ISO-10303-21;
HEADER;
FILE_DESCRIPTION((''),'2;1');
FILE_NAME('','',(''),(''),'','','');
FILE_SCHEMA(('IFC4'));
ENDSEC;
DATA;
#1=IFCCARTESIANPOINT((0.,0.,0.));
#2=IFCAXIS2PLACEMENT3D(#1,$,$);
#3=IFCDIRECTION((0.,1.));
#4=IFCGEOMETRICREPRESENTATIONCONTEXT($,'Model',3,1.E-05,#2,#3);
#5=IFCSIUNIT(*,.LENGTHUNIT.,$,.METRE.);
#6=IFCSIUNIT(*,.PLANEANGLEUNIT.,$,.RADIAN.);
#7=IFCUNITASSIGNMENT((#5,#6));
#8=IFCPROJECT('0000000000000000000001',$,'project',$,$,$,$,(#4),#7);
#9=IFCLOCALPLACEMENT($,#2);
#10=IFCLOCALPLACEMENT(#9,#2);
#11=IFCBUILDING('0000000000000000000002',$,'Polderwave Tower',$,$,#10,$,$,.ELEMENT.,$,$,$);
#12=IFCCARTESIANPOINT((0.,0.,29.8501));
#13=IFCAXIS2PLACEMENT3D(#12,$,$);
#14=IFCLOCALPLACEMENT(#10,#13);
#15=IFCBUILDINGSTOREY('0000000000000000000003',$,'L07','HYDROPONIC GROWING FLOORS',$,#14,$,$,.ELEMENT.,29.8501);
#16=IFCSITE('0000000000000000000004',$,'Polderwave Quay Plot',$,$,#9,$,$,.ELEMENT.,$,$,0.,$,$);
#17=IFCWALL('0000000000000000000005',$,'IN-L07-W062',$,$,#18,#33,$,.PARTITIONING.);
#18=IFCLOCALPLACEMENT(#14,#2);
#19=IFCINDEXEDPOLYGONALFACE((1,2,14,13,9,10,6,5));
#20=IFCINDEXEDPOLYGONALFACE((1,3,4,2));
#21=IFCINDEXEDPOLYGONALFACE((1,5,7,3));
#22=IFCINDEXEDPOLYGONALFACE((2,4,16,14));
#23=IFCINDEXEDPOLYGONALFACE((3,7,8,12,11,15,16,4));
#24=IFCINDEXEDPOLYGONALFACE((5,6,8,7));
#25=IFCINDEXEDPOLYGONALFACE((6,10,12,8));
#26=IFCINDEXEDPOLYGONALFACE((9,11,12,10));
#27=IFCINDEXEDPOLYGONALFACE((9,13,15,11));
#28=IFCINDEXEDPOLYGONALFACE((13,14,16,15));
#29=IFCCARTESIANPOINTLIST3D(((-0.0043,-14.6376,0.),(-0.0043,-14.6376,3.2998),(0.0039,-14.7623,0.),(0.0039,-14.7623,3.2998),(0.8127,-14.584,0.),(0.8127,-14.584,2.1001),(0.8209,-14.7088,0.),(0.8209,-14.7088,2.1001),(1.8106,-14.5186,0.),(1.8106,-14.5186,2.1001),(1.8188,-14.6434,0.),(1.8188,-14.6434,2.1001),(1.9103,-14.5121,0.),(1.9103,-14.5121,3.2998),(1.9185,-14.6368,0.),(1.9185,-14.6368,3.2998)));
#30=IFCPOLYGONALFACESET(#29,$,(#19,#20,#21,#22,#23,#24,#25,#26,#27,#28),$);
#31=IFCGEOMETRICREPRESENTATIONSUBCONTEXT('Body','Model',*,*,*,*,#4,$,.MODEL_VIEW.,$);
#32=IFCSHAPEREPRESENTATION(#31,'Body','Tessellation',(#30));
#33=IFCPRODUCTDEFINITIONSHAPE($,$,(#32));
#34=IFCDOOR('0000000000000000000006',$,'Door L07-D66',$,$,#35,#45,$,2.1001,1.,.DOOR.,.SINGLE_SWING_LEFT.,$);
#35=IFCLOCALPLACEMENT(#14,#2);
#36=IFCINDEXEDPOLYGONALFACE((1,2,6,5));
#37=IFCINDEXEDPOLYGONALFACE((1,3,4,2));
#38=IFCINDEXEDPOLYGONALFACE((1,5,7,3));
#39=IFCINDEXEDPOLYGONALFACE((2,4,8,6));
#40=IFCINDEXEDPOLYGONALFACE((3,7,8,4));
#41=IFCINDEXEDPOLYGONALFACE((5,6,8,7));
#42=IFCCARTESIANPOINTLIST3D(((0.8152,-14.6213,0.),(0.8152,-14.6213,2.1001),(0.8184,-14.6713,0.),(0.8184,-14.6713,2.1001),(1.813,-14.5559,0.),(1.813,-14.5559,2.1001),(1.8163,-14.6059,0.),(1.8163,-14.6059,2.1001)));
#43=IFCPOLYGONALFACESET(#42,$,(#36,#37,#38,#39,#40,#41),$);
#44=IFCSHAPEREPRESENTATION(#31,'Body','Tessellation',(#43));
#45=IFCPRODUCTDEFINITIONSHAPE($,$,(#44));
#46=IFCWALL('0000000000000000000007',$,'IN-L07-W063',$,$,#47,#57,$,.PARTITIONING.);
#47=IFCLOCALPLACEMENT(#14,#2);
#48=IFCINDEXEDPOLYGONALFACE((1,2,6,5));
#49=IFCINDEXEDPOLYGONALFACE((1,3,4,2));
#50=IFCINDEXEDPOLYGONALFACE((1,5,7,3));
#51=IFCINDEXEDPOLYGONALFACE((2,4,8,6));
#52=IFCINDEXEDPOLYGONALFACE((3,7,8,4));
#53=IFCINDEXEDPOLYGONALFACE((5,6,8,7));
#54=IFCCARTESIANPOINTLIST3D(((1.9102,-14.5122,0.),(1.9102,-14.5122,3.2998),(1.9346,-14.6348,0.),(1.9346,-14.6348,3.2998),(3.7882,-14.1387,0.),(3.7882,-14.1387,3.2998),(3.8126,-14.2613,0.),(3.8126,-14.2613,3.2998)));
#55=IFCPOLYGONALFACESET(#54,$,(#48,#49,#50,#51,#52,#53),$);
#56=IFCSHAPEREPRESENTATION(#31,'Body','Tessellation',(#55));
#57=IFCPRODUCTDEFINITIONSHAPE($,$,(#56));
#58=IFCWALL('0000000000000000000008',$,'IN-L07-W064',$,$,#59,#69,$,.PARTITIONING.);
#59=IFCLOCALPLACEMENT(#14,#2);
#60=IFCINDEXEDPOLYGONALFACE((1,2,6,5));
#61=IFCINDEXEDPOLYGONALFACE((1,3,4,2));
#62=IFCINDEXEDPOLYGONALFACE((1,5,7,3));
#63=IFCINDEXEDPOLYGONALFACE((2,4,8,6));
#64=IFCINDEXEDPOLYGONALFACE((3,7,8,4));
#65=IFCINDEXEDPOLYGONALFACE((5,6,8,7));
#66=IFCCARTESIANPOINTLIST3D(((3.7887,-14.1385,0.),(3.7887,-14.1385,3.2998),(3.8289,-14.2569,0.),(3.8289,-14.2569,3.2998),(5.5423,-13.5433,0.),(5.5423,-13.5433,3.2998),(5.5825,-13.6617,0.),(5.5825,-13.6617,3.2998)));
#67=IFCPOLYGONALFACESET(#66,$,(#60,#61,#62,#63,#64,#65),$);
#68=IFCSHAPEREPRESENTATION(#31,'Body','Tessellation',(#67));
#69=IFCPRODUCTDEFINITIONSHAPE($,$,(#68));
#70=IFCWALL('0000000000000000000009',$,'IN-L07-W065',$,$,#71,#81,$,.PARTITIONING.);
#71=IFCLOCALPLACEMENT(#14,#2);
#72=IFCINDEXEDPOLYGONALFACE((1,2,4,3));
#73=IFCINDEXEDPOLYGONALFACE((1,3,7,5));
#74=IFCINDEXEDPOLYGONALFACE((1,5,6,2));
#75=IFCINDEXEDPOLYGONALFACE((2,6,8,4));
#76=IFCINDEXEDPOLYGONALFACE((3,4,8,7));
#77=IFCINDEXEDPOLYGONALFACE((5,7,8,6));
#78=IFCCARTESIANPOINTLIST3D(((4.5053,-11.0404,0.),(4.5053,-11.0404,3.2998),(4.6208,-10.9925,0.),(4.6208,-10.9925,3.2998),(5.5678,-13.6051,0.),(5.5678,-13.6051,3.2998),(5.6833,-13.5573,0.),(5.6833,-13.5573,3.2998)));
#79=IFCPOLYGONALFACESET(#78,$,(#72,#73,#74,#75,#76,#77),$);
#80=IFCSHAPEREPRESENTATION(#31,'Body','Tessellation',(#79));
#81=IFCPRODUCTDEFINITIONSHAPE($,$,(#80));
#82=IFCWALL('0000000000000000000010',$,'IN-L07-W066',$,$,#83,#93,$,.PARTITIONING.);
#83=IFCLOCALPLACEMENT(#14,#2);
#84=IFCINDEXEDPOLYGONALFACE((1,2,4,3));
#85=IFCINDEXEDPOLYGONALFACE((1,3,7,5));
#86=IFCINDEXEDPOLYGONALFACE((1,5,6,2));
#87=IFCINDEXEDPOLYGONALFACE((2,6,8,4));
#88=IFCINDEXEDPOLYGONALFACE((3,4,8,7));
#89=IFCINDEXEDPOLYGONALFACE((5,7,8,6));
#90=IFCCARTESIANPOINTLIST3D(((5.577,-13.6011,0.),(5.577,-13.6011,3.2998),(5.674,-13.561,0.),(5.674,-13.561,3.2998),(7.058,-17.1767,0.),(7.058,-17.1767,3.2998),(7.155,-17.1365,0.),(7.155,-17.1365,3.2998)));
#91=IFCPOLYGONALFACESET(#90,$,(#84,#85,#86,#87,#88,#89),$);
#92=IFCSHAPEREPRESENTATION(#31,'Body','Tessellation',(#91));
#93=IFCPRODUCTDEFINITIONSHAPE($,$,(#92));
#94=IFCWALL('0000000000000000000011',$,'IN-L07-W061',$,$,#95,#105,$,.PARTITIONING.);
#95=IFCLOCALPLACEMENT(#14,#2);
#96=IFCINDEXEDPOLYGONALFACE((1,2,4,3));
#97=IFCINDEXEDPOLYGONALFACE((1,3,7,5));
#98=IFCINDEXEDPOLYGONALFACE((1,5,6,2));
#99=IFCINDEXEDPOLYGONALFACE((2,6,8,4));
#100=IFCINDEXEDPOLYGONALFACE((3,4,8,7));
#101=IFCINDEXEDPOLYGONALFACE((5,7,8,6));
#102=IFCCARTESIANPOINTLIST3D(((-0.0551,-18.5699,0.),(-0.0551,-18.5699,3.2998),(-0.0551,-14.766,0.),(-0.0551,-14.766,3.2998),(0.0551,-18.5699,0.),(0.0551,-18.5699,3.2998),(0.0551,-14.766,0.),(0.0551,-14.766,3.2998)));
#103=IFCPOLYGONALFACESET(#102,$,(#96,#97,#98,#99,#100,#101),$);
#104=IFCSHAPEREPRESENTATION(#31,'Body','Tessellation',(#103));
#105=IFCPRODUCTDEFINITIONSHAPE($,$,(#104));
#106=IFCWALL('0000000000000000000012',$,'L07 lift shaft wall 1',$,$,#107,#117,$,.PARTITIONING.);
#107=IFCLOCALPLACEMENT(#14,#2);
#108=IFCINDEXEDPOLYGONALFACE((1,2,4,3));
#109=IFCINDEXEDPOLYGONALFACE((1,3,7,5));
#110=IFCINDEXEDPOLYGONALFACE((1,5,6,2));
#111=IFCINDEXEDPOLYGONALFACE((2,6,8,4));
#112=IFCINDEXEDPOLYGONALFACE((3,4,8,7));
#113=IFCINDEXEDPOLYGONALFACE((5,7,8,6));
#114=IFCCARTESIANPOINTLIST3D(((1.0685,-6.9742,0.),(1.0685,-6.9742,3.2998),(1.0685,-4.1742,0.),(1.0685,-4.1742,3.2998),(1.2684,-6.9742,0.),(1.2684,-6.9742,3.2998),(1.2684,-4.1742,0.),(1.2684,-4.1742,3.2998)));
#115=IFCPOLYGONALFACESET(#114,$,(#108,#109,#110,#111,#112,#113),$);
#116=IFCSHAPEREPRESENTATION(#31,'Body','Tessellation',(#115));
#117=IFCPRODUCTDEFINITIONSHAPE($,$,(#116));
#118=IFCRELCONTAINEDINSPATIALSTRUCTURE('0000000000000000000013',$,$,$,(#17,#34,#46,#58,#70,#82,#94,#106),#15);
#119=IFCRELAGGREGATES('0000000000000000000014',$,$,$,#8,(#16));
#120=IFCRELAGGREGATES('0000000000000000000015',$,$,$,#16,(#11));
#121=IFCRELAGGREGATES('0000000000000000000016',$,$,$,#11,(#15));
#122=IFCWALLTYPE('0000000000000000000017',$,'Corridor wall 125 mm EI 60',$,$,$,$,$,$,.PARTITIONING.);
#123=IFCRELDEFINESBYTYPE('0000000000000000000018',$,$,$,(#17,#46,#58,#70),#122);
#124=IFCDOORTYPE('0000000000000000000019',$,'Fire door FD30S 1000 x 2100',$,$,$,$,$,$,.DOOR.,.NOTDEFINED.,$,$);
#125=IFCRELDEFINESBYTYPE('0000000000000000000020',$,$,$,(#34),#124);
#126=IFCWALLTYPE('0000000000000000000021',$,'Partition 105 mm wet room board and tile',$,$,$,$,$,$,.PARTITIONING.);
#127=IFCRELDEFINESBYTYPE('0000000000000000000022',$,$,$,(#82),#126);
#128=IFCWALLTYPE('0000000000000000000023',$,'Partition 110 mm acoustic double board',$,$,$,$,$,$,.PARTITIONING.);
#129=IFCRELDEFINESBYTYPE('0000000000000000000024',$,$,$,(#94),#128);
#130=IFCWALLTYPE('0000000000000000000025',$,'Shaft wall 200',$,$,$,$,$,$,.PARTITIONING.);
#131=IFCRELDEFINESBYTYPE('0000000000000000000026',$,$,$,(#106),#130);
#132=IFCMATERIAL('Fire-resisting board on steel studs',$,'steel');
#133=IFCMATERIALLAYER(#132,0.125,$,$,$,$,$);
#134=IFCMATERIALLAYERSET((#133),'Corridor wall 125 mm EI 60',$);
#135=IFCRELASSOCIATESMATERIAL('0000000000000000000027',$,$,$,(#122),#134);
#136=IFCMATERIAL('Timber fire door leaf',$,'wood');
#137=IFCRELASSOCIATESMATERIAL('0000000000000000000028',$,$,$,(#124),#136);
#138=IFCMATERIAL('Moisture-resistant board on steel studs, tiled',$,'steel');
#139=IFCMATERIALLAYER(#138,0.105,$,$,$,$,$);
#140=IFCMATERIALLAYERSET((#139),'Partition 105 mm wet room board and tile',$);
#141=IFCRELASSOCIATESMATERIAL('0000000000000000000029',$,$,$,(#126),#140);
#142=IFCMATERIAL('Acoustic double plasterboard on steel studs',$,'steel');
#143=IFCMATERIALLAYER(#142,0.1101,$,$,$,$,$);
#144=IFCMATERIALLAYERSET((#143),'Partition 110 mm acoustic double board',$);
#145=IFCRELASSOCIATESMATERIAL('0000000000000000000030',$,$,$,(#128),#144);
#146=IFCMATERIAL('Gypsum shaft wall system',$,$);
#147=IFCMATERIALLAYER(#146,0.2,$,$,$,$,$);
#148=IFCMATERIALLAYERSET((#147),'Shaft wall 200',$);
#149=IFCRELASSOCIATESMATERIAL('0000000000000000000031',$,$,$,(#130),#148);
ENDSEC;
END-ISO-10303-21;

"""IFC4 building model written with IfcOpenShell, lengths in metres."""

from ifc_helpers import new_model, si_unit, direction, frame, frame_2d, origin, place, context, subcontext, project, spatial, rectangle, extrude, material, layer, layer_set, type_object, element, fill, save


model = new_model("IFC4")

# Units and contexts
model_context = context("Model", 3, precision=1e-05, world=origin(), true_north=direction((0.0, 1.0)))
body_context = subcontext(model_context, "Body", "Model", "MODEL_VIEW")
ifc_project = project(units=[si_unit("LENGTHUNIT", "METRE"), si_unit("PLANEANGLEUNIT", "RADIAN")], contexts=[model_context])

# Site, building, storey
site_placement = place(None, origin())
site = spatial("IfcSite", under=ifc_project, at=site_placement, Name="Polderwave Quay Plot", CompositionType="ELEMENT", RefElevation=0.0)
building_placement = place(site_placement, origin())
building = spatial("IfcBuilding", under=site, at=building_placement, Name="Polderwave Tower", CompositionType="ELEMENT")
storey_placement = place(building_placement, frame((0.0, 0.0, 29.8501)))
storey = spatial("IfcBuildingStorey", under=building, at=storey_placement, Name="L07", Description="HYDROPONIC GROWING FLOORS", CompositionType="ELEMENT", Elevation=29.8501)

# Shared definitions
ifc_material_1 = material(Name="Fire-resisting board on steel studs", Category="steel")
ifc_layer_1 = layer(ifc_material_1, 0.125)
ifc_layer_set_1 = layer_set([ifc_layer_1], Name="Corridor wall 125 mm EI 60")
wall_type_1 = type_object("IfcWallType", Name="Corridor wall 125 mm EI 60", PredefinedType="PARTITIONING", material=ifc_layer_set_1)

# Wall, opening, door
ifc_material_2 = material(Name="Timber fire door leaf", Category="wood")
door_type = type_object("IfcDoorType", Name="Fire door FD30S 1000 x 2100", OperationType="NOTDEFINED", PredefinedType="DOOR", material=ifc_material_2)
wall_1_placement = place(storey_placement, frame((1.9146, -14.5745, 0.0), z_axis=(0.0, 0.0, 1.0), x_axis=(-0.997859, -0.065404, 0.0)))
wall_1 = element("IfcWall", 1, at=wall_1_placement, inside=storey, type_object=wall_type_1, Name="IN-L07-W062", PredefinedType="PARTITIONING", context=body_context, shape_type="SweptSolid", body=[
    extrude(rectangle(XDim=1.9187, YDim=0.125, at=frame_2d((0.9595, 0.0))), origin(), (0.0, 0.0, 1.0), 3.2998),
])
opening_1_placement = place(wall_1_placement, frame((0.1001, 0.0, 0.0)))
opening_1 = element("IfcOpeningElement", 2, at=opening_1_placement, cuts=wall_1, PredefinedType="OPENING", context=body_context, shape_type="SweptSolid", body=[
    extrude(rectangle(XDim=1.0, YDim=2.1001, at=frame_2d((0.5, 1.05))), frame((0.0, 0.0725, 0.0), z_axis=(0.0, -1.0, 0.0), x_axis=(1.0, 0.0, 0.0)), (0.0, 0.0, 1.0), 0.145),
])
door_1_placement = place(opening_1_placement, origin())
door_1 = element("IfcDoor", 3, at=door_1_placement, inside=storey, type_object=door_type, Name="Door L07-D66", OperationType="SINGLE_SWING_LEFT", OverallHeight=2.1001, OverallWidth=1.0, PredefinedType="DOOR", context=body_context, shape_type="SweptSolid", body=[
    extrude(rectangle(XDim=1.0, YDim=2.1001, at=frame_2d((0.5, 1.05))), frame((0.0, 0.0249, 0.0), z_axis=(0.0, -1.0, 0.0), x_axis=(1.0, 0.0, 0.0)), (0.0, 0.0, 1.0), 0.05),
])
fill(opening_1, door_1)

# Walls
wall_2_placement = place(storey_placement, frame((3.8005, -14.2, 0.0), z_axis=(0.0, 0.0, 1.0), x_axis=(-0.980786, -0.195086, 0.0)))
element("IfcWall", 4, at=wall_2_placement, inside=storey, type_object=wall_type_1, Name="IN-L07-W063", PredefinedType="PARTITIONING", context=body_context, shape_type="SweptSolid", body=[
    extrude(rectangle(XDim=1.9148, YDim=0.125, at=frame_2d((0.9575, 0.0))), origin(), (0.0, 0.0, 1.0), 3.2998),
])
wall_3_placement = place(storey_placement, frame((5.5623, -13.6025, 0.0), z_axis=(0.0, 0.0, 1.0), x_axis=(-0.946942, -0.321404, 0.0)))
element("IfcWall", 5, at=wall_3_placement, inside=storey, type_object=wall_type_1, Name="IN-L07-W064", PredefinedType="PARTITIONING", context=body_context, shape_type="SweptSolid", body=[
    extrude(rectangle(XDim=1.8518, YDim=0.125, at=frame_2d((0.9258, 0.0))), origin(), (0.0, 0.0, 1.0), 3.2998),
])
wall_4_placement = place(storey_placement, frame((4.563, -11.0164, 0.0), z_axis=(0.0, 0.0, 1.0), x_axis=(0.382735, -0.923858, 0.0)))
element("IfcWall", 6, at=wall_4_placement, inside=storey, type_object=wall_type_1, Name="IN-L07-W065", PredefinedType="PARTITIONING", context=body_context, shape_type="SweptSolid", body=[
    extrude(rectangle(XDim=2.7761, YDim=0.125, at=frame_2d((1.3882, 0.0))), origin(), (0.0, 0.0, 1.0), 3.2998),
])
ifc_material_3 = material(Name="Moisture-resistant board on steel studs, tiled", Category="steel")
ifc_layer_2 = layer(ifc_material_3, 0.105)
ifc_layer_set_2 = layer_set([ifc_layer_2], Name="Partition 105 mm wet room board and tile")
wall_type_2 = type_object("IfcWallType", Name="Partition 105 mm wet room board and tile", PredefinedType="PARTITIONING", material=ifc_layer_set_2)
wall_5_placement = place(storey_placement, frame((5.6255, -13.5811, 0.0), z_axis=(0.0, 0.0, 1.0), x_axis=(0.382675, -0.923883, 0.0)))
element("IfcWall", 7, at=wall_5_placement, inside=storey, type_object=wall_type_2, Name="IN-L07-W066", PredefinedType="PARTITIONING", context=body_context, shape_type="SweptSolid", body=[
    extrude(rectangle(XDim=3.8701, YDim=0.105, at=frame_2d((1.9351, 0.0))), origin(), (0.0, 0.0, 1.0), 3.2998),
])
ifc_material_4 = material(Name="Acoustic double plasterboard on steel studs", Category="steel")
ifc_layer_3 = layer(ifc_material_4, 0.1101)
ifc_layer_set_3 = layer_set([ifc_layer_3], Name="Partition 110 mm acoustic double board")
wall_type_3 = type_object("IfcWallType", Name="Partition 110 mm acoustic double board", PredefinedType="PARTITIONING", material=ifc_layer_set_3)
wall_6_placement = place(storey_placement, frame((0.0, -14.7661, 0.0), z_axis=(0.0, 0.0, 1.0), x_axis=(0.0, -1.0, 0.0)))
element("IfcWall", 8, at=wall_6_placement, inside=storey, type_object=wall_type_3, Name="IN-L07-W061", PredefinedType="PARTITIONING", context=body_context, shape_type="SweptSolid", body=[
    extrude(rectangle(XDim=3.804, YDim=0.1101, at=frame_2d((1.9019, 0.0))), origin(), (0.0, 0.0, 1.0), 3.2998),
])
ifc_material_5 = material(Name="Gypsum shaft wall system")
ifc_layer_4 = layer(ifc_material_5, 0.2)
ifc_layer_set_4 = layer_set([ifc_layer_4], Name="Shaft wall 200")
wall_type_4 = type_object("IfcWallType", Name="Shaft wall 200", PredefinedType="PARTITIONING", material=ifc_layer_set_4)
wall_7_placement = place(storey_placement, frame((1.1685, -6.9741, 0.0), z_axis=(0.0, 0.0, 1.0), x_axis=(0.0, 1.0, 0.0)))
element("IfcWall", 9, at=wall_7_placement, inside=storey, type_object=wall_type_4, Name="L07 lift shaft wall 1", PredefinedType="PARTITIONING", context=body_context, shape_type="SweptSolid", body=[
    extrude(rectangle(XDim=2.8, YDim=0.2, at=frame_2d((1.3999, 0.0))), origin(), (0.0, 0.0, 1.0), 3.2998),
])

save(model, "model.ifc")
